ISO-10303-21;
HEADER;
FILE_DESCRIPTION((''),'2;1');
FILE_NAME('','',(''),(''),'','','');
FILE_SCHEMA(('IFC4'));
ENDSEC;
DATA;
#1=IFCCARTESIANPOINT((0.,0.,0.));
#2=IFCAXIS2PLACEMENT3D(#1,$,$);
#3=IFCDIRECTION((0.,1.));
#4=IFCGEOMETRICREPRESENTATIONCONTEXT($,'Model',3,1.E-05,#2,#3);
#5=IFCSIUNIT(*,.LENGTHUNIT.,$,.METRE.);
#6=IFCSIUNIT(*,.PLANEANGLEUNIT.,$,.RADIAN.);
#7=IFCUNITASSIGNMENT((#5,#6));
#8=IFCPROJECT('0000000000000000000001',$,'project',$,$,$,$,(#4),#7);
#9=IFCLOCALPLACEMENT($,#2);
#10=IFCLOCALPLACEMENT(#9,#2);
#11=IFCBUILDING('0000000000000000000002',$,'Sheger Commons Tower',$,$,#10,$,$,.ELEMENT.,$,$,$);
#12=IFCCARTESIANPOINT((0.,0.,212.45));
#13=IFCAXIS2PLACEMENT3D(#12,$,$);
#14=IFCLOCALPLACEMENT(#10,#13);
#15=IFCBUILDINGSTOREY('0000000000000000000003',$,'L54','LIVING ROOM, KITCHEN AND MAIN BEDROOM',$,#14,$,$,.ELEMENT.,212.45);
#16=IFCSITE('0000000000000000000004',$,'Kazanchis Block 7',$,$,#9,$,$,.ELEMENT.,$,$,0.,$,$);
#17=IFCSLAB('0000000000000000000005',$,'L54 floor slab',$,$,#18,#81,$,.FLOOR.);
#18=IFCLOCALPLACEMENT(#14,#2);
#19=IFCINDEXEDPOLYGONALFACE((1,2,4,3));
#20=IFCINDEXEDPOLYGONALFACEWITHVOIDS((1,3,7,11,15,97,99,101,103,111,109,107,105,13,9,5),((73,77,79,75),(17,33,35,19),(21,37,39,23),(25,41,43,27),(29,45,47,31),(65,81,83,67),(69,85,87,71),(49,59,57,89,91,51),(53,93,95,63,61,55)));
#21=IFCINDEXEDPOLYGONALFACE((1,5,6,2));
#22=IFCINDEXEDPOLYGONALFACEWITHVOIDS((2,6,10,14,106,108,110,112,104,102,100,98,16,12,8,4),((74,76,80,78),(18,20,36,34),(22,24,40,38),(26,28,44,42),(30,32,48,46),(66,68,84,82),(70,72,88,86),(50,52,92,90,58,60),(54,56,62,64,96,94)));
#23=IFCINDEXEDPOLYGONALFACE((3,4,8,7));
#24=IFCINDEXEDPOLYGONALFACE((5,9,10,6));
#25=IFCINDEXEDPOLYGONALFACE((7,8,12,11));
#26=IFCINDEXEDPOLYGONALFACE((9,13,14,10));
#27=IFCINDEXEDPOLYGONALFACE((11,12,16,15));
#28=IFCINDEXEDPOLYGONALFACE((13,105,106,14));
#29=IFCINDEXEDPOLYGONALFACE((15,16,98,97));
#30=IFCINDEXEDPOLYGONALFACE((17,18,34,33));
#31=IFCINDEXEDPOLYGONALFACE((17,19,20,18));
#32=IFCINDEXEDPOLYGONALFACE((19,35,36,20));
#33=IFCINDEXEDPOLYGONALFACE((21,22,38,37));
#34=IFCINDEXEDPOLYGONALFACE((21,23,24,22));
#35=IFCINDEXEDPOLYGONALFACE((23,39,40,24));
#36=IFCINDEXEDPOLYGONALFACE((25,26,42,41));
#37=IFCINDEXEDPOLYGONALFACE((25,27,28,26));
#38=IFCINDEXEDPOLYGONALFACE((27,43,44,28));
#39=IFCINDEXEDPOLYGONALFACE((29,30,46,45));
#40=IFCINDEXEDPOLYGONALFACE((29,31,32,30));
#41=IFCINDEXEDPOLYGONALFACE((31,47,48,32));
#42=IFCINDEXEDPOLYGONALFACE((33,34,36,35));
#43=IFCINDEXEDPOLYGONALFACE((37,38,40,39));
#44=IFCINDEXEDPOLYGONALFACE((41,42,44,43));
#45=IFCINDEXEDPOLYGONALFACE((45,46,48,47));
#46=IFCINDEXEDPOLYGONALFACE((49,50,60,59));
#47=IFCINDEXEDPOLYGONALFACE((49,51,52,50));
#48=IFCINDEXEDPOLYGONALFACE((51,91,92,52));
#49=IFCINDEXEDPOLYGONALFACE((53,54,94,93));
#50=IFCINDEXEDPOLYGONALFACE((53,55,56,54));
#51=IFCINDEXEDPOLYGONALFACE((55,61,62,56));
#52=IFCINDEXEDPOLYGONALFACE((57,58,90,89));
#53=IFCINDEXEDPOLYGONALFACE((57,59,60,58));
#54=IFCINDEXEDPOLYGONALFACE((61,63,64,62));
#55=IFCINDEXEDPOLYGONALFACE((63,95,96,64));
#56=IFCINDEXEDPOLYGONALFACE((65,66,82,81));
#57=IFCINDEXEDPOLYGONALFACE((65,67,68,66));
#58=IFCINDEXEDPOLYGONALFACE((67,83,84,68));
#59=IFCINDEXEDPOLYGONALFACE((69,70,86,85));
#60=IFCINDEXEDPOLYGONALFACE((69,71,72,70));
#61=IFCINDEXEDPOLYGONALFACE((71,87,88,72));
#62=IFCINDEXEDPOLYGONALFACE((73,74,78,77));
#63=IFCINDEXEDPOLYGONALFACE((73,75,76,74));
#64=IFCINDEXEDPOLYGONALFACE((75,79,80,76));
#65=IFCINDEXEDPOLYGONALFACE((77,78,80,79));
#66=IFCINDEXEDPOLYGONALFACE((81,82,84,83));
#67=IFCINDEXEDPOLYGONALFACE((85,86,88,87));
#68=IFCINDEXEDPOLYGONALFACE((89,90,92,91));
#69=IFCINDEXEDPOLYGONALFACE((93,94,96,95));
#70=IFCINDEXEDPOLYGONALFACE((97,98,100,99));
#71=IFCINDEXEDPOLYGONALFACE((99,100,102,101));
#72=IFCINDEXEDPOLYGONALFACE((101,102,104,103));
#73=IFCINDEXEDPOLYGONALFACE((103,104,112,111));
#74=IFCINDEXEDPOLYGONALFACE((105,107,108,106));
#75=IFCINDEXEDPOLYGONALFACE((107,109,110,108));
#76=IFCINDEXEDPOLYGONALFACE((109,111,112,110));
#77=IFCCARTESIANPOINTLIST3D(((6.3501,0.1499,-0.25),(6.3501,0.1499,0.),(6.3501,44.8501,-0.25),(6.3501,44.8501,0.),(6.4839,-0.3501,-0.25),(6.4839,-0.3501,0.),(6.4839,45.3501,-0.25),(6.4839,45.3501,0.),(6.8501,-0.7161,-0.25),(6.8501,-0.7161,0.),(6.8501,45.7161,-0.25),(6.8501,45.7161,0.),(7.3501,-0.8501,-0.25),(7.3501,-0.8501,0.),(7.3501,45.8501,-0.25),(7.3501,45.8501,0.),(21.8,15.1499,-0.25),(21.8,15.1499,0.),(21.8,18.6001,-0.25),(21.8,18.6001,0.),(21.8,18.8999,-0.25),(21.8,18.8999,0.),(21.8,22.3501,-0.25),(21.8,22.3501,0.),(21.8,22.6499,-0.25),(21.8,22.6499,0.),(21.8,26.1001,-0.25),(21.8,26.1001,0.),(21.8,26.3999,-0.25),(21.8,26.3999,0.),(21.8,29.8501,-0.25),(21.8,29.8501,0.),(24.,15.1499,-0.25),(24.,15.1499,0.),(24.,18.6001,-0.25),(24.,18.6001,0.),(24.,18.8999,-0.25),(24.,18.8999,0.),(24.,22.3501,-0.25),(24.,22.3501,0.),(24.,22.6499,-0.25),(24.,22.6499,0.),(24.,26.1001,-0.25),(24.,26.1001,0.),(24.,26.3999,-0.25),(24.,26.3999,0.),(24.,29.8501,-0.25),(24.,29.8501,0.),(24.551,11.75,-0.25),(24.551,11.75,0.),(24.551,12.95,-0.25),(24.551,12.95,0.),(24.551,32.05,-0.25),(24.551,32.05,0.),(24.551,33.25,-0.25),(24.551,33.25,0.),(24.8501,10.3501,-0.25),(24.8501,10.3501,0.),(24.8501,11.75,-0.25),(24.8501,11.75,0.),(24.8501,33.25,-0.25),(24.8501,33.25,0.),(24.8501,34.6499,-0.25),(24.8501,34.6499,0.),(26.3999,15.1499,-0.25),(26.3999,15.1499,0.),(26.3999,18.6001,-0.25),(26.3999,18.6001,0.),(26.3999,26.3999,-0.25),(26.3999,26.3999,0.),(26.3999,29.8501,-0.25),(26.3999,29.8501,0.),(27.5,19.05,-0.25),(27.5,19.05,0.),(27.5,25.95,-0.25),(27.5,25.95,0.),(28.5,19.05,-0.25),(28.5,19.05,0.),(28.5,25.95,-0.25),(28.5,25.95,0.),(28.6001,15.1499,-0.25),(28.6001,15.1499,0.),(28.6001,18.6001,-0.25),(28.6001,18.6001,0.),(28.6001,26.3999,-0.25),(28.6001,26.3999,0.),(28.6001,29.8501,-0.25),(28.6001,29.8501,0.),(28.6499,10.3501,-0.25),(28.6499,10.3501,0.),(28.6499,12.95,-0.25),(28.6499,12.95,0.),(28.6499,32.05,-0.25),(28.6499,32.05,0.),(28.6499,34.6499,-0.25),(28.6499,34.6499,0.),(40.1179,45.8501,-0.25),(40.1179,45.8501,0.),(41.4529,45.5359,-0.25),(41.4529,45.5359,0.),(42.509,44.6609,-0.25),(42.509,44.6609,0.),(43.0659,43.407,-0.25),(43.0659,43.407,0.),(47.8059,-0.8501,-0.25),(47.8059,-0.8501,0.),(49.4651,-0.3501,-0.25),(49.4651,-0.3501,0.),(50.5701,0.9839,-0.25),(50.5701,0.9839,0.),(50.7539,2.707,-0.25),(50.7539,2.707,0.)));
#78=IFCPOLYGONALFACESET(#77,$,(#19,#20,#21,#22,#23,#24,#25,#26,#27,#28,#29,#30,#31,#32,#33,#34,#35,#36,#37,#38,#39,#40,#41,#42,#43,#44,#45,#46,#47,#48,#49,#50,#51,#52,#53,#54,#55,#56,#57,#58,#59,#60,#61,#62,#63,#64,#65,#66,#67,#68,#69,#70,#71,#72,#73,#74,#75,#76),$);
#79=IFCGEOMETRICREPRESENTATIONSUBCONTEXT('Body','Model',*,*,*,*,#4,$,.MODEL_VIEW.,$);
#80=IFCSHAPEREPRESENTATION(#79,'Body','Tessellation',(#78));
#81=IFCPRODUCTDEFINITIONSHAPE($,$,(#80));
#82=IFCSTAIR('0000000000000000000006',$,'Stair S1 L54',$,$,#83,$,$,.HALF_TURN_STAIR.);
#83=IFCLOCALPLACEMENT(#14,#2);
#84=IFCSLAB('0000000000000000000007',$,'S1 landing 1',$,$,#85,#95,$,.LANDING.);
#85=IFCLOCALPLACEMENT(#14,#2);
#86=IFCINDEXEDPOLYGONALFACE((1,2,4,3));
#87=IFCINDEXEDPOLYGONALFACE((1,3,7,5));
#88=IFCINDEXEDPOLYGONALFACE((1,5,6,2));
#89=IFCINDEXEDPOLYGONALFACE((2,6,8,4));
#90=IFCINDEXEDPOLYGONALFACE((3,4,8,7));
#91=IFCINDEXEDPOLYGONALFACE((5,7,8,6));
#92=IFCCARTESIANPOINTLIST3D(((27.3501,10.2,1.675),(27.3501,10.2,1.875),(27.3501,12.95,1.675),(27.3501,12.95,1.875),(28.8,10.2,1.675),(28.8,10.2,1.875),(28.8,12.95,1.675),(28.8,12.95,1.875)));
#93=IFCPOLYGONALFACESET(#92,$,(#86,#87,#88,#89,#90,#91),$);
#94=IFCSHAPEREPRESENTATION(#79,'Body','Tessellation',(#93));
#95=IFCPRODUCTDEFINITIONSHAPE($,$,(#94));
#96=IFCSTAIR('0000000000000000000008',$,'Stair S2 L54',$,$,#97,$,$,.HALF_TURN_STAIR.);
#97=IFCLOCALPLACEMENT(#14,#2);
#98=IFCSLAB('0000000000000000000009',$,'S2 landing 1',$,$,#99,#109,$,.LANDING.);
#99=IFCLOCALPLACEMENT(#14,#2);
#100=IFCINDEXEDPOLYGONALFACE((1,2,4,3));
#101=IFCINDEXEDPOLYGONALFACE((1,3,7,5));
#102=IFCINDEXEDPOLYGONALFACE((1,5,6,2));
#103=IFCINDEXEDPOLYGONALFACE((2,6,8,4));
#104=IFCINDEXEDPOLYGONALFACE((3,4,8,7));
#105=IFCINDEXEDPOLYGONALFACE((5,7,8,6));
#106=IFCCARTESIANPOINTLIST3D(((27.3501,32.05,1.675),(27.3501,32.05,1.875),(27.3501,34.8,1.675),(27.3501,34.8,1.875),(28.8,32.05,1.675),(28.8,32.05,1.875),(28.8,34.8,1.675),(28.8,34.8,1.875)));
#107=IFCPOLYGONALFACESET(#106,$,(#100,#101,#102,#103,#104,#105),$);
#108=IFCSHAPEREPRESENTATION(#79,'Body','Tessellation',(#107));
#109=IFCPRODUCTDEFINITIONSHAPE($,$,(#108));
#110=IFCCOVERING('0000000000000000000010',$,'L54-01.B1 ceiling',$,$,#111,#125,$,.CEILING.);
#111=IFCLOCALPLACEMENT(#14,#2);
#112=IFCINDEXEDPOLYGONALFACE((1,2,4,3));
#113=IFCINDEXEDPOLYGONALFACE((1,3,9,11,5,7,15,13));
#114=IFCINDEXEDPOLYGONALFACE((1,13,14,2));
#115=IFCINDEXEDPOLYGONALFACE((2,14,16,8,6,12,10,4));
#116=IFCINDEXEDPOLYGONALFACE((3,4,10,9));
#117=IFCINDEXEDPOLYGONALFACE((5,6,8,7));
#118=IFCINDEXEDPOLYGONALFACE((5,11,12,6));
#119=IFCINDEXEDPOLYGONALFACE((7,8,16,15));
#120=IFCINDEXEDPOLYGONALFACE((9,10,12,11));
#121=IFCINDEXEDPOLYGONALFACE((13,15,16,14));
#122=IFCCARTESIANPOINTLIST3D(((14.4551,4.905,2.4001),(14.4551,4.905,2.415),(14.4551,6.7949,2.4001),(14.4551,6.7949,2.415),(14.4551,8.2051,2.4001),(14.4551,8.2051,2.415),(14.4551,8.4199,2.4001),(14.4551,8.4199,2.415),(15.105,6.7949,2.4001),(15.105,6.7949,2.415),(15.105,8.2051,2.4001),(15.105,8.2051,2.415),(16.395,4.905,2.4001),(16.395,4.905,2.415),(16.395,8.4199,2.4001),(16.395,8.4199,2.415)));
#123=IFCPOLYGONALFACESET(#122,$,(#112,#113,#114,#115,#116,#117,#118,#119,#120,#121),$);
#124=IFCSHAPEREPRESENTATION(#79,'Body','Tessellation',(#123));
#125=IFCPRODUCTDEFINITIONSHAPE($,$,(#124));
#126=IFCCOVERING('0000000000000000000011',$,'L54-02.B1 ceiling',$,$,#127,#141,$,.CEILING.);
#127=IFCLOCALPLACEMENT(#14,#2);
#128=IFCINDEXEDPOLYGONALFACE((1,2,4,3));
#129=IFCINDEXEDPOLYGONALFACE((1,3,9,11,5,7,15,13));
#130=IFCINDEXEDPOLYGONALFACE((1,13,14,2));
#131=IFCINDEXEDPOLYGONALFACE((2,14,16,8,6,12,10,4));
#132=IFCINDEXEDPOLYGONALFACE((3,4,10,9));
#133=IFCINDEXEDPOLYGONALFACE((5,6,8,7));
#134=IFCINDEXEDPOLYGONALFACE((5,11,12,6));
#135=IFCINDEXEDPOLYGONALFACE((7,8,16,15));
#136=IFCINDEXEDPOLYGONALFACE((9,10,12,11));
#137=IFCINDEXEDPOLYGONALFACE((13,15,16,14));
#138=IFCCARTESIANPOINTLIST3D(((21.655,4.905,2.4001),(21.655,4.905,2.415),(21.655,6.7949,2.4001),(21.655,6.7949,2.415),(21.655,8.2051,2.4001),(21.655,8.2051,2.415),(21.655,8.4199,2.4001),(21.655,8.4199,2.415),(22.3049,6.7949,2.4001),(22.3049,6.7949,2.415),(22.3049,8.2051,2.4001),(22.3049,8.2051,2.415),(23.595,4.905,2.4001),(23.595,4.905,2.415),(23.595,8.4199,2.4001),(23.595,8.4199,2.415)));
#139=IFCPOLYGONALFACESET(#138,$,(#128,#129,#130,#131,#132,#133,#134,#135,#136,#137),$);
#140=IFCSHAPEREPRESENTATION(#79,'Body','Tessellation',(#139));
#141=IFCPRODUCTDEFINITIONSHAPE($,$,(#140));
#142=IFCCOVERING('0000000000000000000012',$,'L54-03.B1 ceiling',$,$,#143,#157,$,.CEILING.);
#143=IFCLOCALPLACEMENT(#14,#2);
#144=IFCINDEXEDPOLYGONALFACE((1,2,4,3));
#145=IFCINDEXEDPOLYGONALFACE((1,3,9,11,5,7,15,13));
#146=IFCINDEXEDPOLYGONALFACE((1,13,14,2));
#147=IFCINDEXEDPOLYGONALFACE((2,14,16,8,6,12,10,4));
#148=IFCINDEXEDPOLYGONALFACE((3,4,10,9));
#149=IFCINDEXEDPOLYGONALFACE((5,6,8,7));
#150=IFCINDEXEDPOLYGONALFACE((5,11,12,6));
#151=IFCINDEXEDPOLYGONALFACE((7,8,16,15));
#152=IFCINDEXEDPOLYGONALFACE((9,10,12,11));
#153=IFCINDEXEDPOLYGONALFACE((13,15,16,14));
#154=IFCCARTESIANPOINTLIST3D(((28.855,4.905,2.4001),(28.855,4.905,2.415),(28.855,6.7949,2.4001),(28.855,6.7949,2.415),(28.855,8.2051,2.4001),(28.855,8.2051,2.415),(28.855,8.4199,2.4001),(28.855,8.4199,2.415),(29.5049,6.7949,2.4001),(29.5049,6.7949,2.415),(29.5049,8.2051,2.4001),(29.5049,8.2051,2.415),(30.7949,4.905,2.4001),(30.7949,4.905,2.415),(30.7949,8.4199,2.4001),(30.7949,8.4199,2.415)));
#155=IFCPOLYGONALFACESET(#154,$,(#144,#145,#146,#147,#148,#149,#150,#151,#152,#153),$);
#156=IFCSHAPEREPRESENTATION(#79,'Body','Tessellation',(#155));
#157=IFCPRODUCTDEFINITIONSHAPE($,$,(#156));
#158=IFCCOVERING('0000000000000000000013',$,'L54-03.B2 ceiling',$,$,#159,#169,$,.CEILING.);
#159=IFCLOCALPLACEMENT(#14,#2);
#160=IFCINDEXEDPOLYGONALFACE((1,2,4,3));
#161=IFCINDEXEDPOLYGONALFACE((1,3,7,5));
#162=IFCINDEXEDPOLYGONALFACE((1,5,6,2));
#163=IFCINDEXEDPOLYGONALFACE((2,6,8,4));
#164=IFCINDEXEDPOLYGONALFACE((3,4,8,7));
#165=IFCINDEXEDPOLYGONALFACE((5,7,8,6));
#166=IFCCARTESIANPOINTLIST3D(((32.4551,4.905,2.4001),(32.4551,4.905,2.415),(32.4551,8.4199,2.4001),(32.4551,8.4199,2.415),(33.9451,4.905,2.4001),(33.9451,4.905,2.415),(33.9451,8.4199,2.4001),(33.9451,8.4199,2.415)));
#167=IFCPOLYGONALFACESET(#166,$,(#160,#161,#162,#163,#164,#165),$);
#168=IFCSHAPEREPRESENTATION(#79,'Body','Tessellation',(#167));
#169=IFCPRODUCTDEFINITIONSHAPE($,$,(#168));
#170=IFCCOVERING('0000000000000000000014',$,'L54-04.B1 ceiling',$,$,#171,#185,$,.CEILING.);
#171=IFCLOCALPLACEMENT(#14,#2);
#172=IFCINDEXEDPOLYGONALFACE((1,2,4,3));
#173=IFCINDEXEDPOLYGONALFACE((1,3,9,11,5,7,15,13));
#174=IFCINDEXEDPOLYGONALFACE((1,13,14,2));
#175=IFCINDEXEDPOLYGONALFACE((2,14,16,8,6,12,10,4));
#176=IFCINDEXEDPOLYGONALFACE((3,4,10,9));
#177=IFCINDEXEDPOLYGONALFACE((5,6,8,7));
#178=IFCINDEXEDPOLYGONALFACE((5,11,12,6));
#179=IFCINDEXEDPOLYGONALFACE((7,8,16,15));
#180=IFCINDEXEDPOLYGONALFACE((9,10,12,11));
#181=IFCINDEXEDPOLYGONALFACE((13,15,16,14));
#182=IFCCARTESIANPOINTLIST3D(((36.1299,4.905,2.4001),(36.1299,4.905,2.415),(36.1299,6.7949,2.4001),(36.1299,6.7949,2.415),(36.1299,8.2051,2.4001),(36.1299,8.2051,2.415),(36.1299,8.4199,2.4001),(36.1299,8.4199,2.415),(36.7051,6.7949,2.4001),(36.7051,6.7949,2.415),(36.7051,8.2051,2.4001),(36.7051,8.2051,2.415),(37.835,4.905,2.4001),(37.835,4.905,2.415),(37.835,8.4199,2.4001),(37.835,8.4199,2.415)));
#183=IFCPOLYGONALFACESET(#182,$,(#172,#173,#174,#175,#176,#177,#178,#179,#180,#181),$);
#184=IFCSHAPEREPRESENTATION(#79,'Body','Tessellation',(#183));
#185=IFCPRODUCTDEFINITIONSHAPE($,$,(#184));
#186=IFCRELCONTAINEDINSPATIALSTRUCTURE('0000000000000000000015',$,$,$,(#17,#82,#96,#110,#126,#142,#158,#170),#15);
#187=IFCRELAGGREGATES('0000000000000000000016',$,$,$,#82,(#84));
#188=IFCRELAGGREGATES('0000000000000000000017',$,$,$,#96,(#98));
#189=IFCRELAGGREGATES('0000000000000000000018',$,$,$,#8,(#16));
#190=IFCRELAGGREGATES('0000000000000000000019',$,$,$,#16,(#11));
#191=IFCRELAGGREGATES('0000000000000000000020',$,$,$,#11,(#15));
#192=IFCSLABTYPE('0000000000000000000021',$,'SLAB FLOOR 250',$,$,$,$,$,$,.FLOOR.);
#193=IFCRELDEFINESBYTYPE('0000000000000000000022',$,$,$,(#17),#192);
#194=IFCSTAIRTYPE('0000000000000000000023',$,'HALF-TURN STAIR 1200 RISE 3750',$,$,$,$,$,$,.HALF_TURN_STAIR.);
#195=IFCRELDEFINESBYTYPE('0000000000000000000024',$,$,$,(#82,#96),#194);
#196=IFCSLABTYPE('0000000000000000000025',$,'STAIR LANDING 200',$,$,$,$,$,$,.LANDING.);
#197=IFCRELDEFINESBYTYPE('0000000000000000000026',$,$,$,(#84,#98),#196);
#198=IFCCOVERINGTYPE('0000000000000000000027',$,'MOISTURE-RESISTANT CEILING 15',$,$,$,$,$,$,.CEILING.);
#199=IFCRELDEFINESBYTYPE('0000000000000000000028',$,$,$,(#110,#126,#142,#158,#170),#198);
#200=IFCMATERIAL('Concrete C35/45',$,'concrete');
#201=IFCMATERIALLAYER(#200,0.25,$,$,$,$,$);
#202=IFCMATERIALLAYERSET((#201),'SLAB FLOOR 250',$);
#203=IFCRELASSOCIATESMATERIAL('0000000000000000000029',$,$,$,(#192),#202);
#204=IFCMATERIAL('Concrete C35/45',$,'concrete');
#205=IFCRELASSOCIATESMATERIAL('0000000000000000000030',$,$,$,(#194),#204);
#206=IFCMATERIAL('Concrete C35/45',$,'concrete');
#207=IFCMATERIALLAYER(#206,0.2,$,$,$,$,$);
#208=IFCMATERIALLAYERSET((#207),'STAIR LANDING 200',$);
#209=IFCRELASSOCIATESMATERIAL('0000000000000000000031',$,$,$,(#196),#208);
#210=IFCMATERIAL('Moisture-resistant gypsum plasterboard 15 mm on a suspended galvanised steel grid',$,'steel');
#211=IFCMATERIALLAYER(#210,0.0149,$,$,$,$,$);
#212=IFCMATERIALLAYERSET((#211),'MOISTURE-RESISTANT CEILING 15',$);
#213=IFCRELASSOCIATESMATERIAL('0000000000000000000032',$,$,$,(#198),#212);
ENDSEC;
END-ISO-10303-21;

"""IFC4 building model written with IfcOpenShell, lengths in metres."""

from ifc_helpers import new_model, si_unit, direction, frame, origin, place, context, subcontext, project, spatial, polyline, outline, extrude, material, layer, layer_set, type_object, element, aggregate, save


model = new_model("IFC4")

# Units and contexts
model_context = context("Model", 3, precision=1e-05, world=origin(), true_north=direction((0.0, 1.0)))
body_context = subcontext(model_context, "Body", "Model", "MODEL_VIEW")
ifc_project = project(units=[si_unit("LENGTHUNIT", "METRE"), si_unit("PLANEANGLEUNIT", "RADIAN")], contexts=[model_context])

# Site, building, storey
site_placement = place(None, origin())
site = spatial("IfcSite", under=ifc_project, at=site_placement, Name="Kazanchis Block 7", CompositionType="ELEMENT", RefElevation=0.0)
building_placement = place(site_placement, origin())
building = spatial("IfcBuilding", under=site, at=building_placement, Name="Sheger Commons Tower", CompositionType="ELEMENT")
storey_placement = place(building_placement, frame((0.0, 0.0, 212.45)))
storey = spatial("IfcBuildingStorey", under=building, at=storey_placement, Name="L54", Description="LIVING ROOM, KITCHEN AND MAIN BEDROOM", CompositionType="ELEMENT", Elevation=212.45)

# Slab
ifc_material_1 = material(Name="Concrete C35/45", Category="concrete")
ifc_layer_1 = layer(ifc_material_1, 0.25)
ifc_layer_set_1 = layer_set([ifc_layer_1], Name="SLAB FLOOR 250")
slab_type_1 = type_object("IfcSlabType", Name="SLAB FLOOR 250", PredefinedType="FLOOR", material=ifc_layer_set_1)
slab_1_placement = place(storey_placement, frame((0.0, 0.0, -0.25)))
element("IfcSlab", 1, at=slab_1_placement, inside=storey, type_object=slab_type_1, Name="L54 floor slab", PredefinedType="FLOOR", context=body_context, shape_type="SweptSolid", body=[
    extrude(outline(polyline([(6.3501, 0.1499), (6.4839, -0.3501), (6.8501, -0.7161), (7.3501, -0.8501), (47.8059, -0.8501), (49.4651, -0.3501), (50.5701, 0.9839), (50.7539, 2.707), (43.0659, 43.407), (42.509, 44.6609), (41.4529, 45.5359), (40.1179, 45.8501), (7.3501, 45.8501), (6.8501, 45.7161), (6.4839, 45.3501), (6.3501, 44.8501), (6.3501, 0.1499)]), holes=[polyline([(24.8501, 10.3501), (28.6499, 10.3501), (28.6499, 12.95), (24.551, 12.95), (24.551, 11.75), (24.8501, 11.75), (24.8501, 10.3501)]), polyline([(24.551, 32.05), (28.6499, 32.05), (28.6499, 34.6499), (24.8501, 34.6499), (24.8501, 33.25), (24.551, 33.25), (24.551, 32.05)]), polyline([(26.3999, 15.1499), (28.6001, 15.1499), (28.6001, 18.6001), (26.3999, 18.6001), (26.3999, 15.1499)]), polyline([(26.3999, 26.3999), (28.6001, 26.3999), (28.6001, 29.8501), (26.3999, 29.8501), (26.3999, 26.3999)]), polyline([(21.8, 15.1499), (24.0, 15.1499), (24.0, 18.6001), (21.8, 18.6001), (21.8, 15.1499)]), polyline([(21.8, 18.8999), (24.0, 18.8999), (24.0, 22.3501), (21.8, 22.3501), (21.8, 18.8999)]), polyline([(21.8, 22.6499), (24.0, 22.6499), (24.0, 26.1001), (21.8, 26.1001), (21.8, 22.6499)]), polyline([(21.8, 26.3999), (24.0, 26.3999), (24.0, 29.8501), (21.8, 29.8501), (21.8, 26.3999)]), polyline([(27.5, 19.05), (28.5, 19.05), (28.5, 25.95), (27.5, 25.95), (27.5, 19.05)])]), origin(), (0.0, 0.0, 1.0), 0.25),
])

# Stairs, slabs
ifc_material_2 = material(Name="Concrete C35/45", Category="concrete")
stair_type = type_object("IfcStairType", Name="HALF-TURN STAIR 1200 RISE 3750", PredefinedType="HALF_TURN_STAIR", material=ifc_material_2)
stair_1_placement = place(storey_placement, origin())
stair_1 = element("IfcStair", 2, at=stair_1_placement, inside=storey, type_object=stair_type, Name="Stair S1 L54", PredefinedType="HALF_TURN_STAIR")
ifc_material_3 = material(Name="Concrete C35/45", Category="concrete")
ifc_layer_2 = layer(ifc_material_3, 0.2)
ifc_layer_set_2 = layer_set([ifc_layer_2], Name="STAIR LANDING 200")
slab_type_2 = type_object("IfcSlabType", Name="STAIR LANDING 200", PredefinedType="LANDING", material=ifc_layer_set_2)
slab_2_placement = place(storey_placement, frame((0.0, 0.0, 1.675)))
slab_2 = element("IfcSlab", 3, at=slab_2_placement, type_object=slab_type_2, Name="S1 landing 1", PredefinedType="LANDING", context=body_context, shape_type="SweptSolid", body=[
    extrude(outline(polyline([(27.3501, 10.2), (28.8, 10.2), (28.8, 12.95), (27.3501, 12.95), (27.3501, 10.2)])), origin(), (0.0, 0.0, 1.0), 0.2),
])
aggregate(stair_1, [slab_2])
stair_2_placement = place(storey_placement, origin())
stair_2 = element("IfcStair", 4, at=stair_2_placement, inside=storey, type_object=stair_type, Name="Stair S2 L54", PredefinedType="HALF_TURN_STAIR")
slab_3_placement = place(storey_placement, frame((0.0, 0.0, 1.675)))
slab_3 = element("IfcSlab", 5, at=slab_3_placement, type_object=slab_type_2, Name="S2 landing 1", PredefinedType="LANDING", context=body_context, shape_type="SweptSolid", body=[
    extrude(outline(polyline([(27.3501, 32.05), (28.8, 32.05), (28.8, 34.8), (27.3501, 34.8), (27.3501, 32.05)])), origin(), (0.0, 0.0, 1.0), 0.2),
])
aggregate(stair_2, [slab_3])

# Coverings
ifc_material_4 = material(Name="Moisture-resistant gypsum plasterboard 15 mm on a suspended galvanised steel grid", Category="steel")
ifc_layer_3 = layer(ifc_material_4, 0.0149)
ifc_layer_set_3 = layer_set([ifc_layer_3], Name="MOISTURE-RESISTANT CEILING 15")
covering_type_1 = type_object("IfcCoveringType", Name="MOISTURE-RESISTANT CEILING 15", PredefinedType="CEILING", material=ifc_layer_set_3)
covering_1_placement = place(storey_placement, frame((0.0, 0.0, 2.4001)))
element("IfcCovering", 6, at=covering_1_placement, inside=storey, type_object=covering_type_1, Name="L54-01.B1 ceiling", PredefinedType="CEILING", context=body_context, shape_type="SweptSolid", body=[
    extrude(outline(polyline([(14.4551, 4.905), (16.395, 4.905), (16.395, 8.4199), (14.4551, 8.4199), (14.4551, 8.2051), (15.105, 8.2051), (15.105, 6.7949), (14.4551, 6.7949), (14.4551, 4.905)])), origin(), (0.0, 0.0, 1.0), 0.0149),
])
covering_2_placement = place(storey_placement, frame((0.0, 0.0, 2.4001)))
element("IfcCovering", 7, at=covering_2_placement, inside=storey, type_object=covering_type_1, Name="L54-02.B1 ceiling", PredefinedType="CEILING", context=body_context, shape_type="SweptSolid", body=[
    extrude(outline(polyline([(21.655, 4.905), (23.595, 4.905), (23.595, 8.4199), (21.655, 8.4199), (21.655, 8.2051), (22.3049, 8.2051), (22.3049, 6.7949), (21.655, 6.7949), (21.655, 4.905)])), origin(), (0.0, 0.0, 1.0), 0.0149),
])
covering_3_placement = place(storey_placement, frame((0.0, 0.0, 2.4001)))
element("IfcCovering", 8, at=covering_3_placement, inside=storey, type_object=covering_type_1, Name="L54-03.B1 ceiling", PredefinedType="CEILING", context=body_context, shape_type="SweptSolid", body=[
    extrude(outline(polyline([(28.855, 4.905), (30.7949, 4.905), (30.7949, 8.4199), (28.855, 8.4199), (28.855, 8.2051), (29.5049, 8.2051), (29.5049, 6.7949), (28.855, 6.7949), (28.855, 4.905)])), origin(), (0.0, 0.0, 1.0), 0.0149),
])
covering_4_placement = place(storey_placement, frame((0.0, 0.0, 2.4001)))
element("IfcCovering", 9, at=covering_4_placement, inside=storey, type_object=covering_type_1, Name="L54-03.B2 ceiling", PredefinedType="CEILING", context=body_context, shape_type="SweptSolid", body=[
    extrude(outline(polyline([(32.4551, 4.905), (33.9451, 4.905), (33.9451, 8.4199), (32.4551, 8.4199), (32.4551, 4.905)])), origin(), (0.0, 0.0, 1.0), 0.0149),
])
covering_5_placement = place(storey_placement, frame((0.0, 0.0, 2.4001)))
element("IfcCovering", 10, at=covering_5_placement, inside=storey, type_object=covering_type_1, Name="L54-04.B1 ceiling", PredefinedType="CEILING", context=body_context, shape_type="SweptSolid", body=[
    extrude(outline(polyline([(36.1299, 4.905), (37.835, 4.905), (37.835, 8.4199), (36.1299, 8.4199), (36.1299, 8.2051), (36.7051, 8.2051), (36.7051, 6.7949), (36.1299, 6.7949), (36.1299, 4.905)])), origin(), (0.0, 0.0, 1.0), 0.0149),
])

save(model, "model.ifc")
